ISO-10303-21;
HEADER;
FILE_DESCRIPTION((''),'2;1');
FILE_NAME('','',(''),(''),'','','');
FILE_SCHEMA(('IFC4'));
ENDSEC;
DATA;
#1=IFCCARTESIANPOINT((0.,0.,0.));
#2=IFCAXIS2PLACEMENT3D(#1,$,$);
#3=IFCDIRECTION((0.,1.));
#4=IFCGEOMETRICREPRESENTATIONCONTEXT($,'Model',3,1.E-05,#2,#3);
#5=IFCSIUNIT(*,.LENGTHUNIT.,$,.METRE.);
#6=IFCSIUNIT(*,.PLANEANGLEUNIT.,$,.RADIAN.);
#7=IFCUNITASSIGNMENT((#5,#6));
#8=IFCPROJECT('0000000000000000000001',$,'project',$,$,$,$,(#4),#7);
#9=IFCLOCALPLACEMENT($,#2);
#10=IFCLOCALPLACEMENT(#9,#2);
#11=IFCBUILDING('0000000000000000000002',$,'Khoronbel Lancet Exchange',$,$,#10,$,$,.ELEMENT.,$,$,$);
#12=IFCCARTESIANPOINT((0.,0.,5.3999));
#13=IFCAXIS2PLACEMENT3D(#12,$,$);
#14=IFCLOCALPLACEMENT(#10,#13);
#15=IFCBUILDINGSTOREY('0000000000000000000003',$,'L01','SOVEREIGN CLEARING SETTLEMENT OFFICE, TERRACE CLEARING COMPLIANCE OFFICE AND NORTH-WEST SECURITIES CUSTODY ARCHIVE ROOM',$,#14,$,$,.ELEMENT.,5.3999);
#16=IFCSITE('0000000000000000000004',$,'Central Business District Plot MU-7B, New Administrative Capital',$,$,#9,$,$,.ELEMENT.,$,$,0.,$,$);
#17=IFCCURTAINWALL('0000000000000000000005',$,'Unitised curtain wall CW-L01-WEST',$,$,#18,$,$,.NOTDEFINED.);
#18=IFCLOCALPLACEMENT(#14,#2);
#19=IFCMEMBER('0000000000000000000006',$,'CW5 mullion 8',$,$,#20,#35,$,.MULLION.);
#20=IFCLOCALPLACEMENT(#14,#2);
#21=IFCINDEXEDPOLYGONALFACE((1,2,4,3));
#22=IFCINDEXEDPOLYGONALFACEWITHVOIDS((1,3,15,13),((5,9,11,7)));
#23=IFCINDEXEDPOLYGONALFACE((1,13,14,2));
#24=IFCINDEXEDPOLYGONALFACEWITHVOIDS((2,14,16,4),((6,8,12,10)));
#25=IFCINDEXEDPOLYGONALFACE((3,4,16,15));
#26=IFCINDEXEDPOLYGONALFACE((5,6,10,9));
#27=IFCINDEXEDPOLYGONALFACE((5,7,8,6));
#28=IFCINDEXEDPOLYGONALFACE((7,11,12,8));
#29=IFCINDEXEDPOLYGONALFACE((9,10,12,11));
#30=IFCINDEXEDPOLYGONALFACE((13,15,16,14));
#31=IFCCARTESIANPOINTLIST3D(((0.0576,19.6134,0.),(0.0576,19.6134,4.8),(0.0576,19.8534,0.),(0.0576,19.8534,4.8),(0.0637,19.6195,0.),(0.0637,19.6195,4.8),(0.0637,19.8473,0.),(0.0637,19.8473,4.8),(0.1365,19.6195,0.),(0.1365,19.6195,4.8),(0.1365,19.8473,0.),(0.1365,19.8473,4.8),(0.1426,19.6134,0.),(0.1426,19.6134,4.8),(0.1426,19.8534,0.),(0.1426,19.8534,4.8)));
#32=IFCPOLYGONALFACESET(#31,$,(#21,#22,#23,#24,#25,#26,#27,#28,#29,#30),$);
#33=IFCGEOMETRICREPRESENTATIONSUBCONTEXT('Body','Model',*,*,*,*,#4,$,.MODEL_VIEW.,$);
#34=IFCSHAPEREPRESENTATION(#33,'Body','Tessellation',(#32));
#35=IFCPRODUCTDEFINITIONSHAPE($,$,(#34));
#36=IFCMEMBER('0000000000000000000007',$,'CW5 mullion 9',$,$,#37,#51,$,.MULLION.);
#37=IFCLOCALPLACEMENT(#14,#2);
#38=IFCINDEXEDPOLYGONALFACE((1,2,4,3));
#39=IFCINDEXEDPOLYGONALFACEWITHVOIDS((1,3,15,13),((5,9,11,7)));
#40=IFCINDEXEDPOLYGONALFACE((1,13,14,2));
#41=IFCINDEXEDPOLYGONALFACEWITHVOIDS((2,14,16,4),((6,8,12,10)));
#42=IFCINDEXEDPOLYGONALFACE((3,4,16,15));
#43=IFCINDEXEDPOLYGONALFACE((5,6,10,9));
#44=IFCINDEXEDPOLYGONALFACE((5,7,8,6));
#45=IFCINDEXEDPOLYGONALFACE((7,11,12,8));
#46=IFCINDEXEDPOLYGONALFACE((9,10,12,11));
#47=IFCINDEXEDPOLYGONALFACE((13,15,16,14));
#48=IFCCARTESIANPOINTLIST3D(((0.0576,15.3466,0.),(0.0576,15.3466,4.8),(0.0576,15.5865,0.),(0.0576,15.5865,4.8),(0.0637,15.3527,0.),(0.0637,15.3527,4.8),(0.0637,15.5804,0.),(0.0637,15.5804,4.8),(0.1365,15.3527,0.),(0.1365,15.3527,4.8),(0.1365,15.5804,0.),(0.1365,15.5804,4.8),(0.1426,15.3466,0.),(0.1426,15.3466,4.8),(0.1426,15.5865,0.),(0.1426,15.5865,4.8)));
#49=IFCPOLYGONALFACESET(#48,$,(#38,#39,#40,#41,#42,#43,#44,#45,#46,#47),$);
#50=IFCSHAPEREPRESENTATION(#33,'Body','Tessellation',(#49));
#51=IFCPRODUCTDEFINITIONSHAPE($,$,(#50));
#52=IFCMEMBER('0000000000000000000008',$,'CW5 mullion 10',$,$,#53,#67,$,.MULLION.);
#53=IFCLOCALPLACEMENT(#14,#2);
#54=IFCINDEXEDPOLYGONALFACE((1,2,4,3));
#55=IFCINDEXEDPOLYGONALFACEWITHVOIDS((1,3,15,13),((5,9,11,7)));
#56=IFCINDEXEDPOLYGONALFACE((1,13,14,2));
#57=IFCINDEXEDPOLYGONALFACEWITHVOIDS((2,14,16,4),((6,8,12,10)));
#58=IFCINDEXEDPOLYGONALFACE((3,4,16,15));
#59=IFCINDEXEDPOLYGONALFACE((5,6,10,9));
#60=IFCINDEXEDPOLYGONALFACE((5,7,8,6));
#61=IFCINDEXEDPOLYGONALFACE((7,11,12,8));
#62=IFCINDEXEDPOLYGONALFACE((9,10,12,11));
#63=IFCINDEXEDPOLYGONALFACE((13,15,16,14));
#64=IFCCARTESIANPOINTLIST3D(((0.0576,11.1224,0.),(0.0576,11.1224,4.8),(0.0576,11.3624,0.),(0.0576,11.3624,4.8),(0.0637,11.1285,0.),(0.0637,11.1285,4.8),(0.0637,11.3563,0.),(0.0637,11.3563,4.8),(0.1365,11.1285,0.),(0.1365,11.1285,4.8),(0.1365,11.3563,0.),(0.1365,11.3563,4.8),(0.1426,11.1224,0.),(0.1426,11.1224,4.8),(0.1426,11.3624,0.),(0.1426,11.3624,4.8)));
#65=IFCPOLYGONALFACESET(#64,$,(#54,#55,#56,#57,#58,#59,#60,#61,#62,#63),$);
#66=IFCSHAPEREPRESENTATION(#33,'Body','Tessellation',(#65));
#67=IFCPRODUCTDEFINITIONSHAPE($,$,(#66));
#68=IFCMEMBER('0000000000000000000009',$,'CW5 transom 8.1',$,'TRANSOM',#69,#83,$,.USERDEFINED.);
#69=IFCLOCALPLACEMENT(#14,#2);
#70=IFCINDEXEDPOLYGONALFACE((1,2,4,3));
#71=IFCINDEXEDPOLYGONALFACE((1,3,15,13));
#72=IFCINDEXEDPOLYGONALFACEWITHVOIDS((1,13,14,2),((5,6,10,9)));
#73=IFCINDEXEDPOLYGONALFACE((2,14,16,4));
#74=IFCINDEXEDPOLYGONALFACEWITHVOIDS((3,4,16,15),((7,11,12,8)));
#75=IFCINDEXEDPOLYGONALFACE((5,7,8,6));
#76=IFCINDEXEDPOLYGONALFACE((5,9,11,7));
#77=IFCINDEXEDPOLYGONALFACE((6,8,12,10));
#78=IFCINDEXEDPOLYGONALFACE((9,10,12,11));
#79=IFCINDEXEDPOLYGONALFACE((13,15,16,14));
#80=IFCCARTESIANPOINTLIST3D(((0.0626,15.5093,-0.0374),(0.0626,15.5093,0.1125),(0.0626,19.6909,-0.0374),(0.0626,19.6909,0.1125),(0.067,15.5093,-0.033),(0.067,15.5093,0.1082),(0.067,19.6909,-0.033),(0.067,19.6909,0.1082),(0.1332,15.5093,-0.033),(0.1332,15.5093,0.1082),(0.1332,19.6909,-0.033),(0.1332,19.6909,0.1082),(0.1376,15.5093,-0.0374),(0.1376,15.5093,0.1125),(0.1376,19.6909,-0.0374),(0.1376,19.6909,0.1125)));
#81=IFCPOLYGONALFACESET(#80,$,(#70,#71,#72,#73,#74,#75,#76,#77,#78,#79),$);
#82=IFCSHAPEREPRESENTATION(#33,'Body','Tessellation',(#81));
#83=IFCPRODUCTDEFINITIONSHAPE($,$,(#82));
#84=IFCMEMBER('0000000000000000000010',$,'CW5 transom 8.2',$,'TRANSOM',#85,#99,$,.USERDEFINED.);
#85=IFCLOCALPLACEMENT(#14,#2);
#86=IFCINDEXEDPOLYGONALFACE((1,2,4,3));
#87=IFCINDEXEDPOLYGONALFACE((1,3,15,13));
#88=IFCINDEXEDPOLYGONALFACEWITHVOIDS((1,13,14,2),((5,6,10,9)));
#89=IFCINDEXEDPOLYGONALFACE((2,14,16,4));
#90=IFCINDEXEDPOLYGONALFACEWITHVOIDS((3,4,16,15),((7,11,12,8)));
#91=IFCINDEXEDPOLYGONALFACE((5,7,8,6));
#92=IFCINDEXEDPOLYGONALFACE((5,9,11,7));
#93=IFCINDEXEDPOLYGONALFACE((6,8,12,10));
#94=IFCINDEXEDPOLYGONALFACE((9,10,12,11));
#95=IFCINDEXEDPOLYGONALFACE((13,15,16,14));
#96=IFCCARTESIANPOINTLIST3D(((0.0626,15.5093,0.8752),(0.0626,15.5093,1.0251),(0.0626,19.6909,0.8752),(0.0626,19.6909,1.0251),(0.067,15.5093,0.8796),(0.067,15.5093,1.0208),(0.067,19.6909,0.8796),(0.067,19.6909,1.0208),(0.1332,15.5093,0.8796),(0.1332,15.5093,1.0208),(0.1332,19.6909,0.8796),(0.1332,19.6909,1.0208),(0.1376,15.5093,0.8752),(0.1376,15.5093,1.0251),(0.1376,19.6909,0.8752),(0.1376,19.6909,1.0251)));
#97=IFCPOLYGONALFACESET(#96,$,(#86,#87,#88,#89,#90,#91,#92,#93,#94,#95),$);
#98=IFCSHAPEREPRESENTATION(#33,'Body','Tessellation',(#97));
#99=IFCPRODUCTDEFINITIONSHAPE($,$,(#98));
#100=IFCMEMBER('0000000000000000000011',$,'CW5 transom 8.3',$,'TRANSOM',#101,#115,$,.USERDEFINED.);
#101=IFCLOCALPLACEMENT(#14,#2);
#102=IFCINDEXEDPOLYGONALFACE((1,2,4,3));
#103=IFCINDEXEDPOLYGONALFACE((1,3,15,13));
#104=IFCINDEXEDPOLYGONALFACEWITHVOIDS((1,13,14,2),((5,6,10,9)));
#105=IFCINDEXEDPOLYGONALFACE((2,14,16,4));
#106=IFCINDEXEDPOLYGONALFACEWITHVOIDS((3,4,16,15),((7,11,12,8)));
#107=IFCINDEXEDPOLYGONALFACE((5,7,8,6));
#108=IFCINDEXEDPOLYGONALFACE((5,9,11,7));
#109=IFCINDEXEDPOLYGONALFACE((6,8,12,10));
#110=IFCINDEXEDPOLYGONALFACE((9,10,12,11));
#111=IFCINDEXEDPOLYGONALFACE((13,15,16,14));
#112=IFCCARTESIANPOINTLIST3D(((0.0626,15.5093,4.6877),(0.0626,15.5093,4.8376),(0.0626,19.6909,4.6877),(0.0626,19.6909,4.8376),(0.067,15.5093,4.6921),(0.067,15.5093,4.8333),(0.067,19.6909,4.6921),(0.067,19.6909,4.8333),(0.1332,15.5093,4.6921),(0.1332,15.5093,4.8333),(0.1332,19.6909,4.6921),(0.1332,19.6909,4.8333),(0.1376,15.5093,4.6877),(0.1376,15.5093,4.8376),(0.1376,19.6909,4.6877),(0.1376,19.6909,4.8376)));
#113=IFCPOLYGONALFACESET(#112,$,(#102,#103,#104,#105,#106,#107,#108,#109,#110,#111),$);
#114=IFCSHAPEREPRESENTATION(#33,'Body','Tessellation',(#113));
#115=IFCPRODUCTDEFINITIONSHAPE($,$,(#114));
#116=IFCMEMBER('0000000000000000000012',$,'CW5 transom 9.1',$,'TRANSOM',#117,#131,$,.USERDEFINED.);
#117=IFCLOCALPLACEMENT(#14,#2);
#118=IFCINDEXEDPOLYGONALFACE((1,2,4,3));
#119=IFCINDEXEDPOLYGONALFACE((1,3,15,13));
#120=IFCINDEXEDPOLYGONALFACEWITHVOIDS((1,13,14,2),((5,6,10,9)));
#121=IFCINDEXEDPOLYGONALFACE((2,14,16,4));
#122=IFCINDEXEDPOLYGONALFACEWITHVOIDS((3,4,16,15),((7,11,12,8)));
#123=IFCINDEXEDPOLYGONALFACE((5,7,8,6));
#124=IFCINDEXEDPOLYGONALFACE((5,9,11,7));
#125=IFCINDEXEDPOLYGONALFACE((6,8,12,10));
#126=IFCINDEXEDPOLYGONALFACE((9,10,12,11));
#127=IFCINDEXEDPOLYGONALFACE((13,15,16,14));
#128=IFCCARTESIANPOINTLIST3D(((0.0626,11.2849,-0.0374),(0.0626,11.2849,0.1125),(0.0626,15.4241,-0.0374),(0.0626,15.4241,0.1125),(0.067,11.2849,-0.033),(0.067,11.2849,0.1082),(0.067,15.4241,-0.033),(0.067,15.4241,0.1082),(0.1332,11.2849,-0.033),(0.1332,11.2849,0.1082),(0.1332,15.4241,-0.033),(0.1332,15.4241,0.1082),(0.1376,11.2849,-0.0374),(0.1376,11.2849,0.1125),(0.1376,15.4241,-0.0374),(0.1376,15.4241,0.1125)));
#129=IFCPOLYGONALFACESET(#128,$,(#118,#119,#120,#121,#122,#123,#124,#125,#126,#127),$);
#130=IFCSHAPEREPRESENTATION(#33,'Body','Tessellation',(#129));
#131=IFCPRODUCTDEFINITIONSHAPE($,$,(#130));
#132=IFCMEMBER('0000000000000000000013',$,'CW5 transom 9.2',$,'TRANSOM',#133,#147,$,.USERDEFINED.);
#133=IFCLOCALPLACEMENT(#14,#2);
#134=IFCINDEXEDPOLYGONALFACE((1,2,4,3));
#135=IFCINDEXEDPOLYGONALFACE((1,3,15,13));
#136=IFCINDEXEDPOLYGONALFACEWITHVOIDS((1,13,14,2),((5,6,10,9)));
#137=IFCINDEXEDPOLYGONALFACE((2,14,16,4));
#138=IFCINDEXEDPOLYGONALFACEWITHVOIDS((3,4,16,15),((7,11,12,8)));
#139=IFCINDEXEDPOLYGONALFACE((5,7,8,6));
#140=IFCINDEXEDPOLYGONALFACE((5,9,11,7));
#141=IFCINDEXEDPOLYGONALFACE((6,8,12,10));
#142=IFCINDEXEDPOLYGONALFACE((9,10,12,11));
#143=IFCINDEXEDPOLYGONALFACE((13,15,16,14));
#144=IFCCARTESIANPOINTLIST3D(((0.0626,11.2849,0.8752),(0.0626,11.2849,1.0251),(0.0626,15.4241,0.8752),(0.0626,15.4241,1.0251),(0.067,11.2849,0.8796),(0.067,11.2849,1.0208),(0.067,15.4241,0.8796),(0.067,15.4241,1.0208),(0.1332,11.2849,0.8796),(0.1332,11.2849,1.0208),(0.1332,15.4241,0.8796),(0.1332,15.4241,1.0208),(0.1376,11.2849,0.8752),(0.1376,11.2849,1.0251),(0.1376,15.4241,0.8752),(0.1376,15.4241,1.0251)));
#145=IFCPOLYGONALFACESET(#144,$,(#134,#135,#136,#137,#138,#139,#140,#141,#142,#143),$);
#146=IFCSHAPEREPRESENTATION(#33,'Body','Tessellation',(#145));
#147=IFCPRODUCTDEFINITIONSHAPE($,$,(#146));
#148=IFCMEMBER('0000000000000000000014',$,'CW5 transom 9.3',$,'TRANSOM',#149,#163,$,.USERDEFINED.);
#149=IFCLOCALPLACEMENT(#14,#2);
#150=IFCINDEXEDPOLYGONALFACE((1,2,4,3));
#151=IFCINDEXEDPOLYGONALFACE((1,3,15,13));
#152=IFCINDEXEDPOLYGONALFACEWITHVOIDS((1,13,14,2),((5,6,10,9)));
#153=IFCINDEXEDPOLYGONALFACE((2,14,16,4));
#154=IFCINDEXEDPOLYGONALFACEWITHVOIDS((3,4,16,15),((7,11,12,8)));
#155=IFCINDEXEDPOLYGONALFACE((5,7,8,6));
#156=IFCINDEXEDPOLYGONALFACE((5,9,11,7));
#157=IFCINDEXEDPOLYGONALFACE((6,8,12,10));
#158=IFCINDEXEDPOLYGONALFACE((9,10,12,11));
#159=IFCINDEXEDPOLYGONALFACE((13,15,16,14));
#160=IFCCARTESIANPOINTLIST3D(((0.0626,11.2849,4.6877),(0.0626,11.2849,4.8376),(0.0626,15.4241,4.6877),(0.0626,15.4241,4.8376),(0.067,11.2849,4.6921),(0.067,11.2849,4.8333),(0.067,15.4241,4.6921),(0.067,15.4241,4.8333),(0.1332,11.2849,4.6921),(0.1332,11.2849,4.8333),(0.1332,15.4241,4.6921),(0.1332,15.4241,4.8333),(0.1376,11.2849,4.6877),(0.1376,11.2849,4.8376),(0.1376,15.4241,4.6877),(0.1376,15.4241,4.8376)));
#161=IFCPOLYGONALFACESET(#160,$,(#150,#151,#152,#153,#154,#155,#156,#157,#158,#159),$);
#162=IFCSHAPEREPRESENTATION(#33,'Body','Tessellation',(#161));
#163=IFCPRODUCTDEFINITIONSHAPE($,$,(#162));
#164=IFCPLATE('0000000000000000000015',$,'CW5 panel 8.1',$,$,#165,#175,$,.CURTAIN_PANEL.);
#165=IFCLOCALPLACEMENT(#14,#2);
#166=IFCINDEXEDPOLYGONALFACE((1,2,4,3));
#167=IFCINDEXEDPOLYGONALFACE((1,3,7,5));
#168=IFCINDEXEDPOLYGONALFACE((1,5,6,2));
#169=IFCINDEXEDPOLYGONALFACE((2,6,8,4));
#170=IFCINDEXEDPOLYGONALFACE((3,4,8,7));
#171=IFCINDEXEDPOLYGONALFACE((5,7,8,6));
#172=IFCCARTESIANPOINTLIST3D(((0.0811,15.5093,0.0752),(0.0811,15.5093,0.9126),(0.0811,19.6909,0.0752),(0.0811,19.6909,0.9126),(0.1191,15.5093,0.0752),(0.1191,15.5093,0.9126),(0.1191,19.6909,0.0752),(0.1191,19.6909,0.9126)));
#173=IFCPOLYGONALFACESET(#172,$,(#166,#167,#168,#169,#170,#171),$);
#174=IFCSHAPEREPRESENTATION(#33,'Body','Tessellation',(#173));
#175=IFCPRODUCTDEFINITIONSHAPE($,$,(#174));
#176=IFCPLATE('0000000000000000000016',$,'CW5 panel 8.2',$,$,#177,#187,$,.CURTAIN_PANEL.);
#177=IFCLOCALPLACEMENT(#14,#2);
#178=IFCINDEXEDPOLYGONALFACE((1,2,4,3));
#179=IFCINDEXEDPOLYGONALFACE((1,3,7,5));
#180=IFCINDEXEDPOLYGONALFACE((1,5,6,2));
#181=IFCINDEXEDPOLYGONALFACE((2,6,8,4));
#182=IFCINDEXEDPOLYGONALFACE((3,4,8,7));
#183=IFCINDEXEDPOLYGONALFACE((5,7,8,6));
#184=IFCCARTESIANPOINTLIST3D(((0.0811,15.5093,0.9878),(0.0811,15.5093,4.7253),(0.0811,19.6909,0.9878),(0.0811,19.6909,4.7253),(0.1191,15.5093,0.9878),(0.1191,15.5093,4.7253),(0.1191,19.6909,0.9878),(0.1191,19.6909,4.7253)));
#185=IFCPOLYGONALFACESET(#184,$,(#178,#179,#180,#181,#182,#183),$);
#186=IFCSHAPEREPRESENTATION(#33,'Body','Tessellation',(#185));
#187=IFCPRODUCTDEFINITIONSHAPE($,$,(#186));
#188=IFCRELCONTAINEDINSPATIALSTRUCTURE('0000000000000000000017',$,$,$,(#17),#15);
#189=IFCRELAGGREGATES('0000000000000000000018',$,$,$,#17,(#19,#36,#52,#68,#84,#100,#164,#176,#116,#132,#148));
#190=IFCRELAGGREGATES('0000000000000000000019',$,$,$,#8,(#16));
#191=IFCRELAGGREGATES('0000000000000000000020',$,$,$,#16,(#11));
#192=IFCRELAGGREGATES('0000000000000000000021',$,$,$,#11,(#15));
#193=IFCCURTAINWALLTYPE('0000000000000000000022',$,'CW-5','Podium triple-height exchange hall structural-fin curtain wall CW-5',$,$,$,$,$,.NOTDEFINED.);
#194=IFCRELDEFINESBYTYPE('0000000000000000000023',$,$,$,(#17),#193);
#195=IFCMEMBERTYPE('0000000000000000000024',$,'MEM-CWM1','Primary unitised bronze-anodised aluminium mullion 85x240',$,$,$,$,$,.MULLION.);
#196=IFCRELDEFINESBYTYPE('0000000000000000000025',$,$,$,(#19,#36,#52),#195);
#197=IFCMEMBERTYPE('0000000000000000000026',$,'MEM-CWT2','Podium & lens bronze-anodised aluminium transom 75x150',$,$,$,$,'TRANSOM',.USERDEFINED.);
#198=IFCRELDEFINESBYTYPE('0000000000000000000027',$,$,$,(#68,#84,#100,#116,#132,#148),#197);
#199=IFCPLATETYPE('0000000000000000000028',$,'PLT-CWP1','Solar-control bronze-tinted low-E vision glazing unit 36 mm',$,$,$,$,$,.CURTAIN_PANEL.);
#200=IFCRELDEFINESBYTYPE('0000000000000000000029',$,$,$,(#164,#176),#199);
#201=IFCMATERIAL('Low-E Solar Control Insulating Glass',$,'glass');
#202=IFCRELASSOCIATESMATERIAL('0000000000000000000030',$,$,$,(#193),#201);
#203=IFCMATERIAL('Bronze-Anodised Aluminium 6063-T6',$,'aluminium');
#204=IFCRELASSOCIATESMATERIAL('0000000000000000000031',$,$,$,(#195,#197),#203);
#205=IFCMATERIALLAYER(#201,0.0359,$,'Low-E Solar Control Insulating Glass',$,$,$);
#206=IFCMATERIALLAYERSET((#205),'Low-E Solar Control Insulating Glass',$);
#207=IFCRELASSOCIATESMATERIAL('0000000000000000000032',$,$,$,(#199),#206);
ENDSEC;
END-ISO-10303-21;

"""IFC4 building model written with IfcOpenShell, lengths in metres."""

from ifc_helpers import new_model, si_unit, direction, frame, origin, origin_2d, place, context, subcontext, project, spatial, rectangle, hollow_rectangle, extrude, material, layer, layer_set, material_profile, profile_set, type_object, element, aggregate, save


model = new_model("IFC4")

# Units and contexts
model_context = context("Model", 3, precision=1e-05, world=origin(), true_north=direction((0.0, 1.0)))
body_context = subcontext(model_context, "Body", "Model", "MODEL_VIEW")
ifc_project = project(units=[si_unit("LENGTHUNIT", "METRE"), si_unit("PLANEANGLEUNIT", "RADIAN")], contexts=[model_context])

# Site, building, storey
site_placement = place(None, origin())
site = spatial("IfcSite", under=ifc_project, at=site_placement, Name="Central Business District Plot MU-7B, New Administrative Capital", CompositionType="ELEMENT", RefElevation=0.0)
building_placement = place(site_placement, origin())
building = spatial("IfcBuilding", under=site, at=building_placement, Name="Khoronbel Lancet Exchange", CompositionType="ELEMENT")
storey_placement = place(building_placement, frame((0.0, 0.0, 5.3999)))
storey = spatial("IfcBuildingStorey", under=building, at=storey_placement, Name="L01", Description="SOVEREIGN CLEARING SETTLEMENT OFFICE, TERRACE CLEARING COMPLIANCE OFFICE AND NORTH-WEST SECURITIES CUSTODY ARCHIVE ROOM", CompositionType="ELEMENT", Elevation=5.3999)

# Curtain wall, members, plates
ifc_material_1 = material(Name="Low-E Solar Control Insulating Glass", Category="glass")
curtain_wall_type = type_object("IfcCurtainWallType", Name="CW-5", Description="Podium triple-height exchange hall structural-fin curtain wall CW-5", PredefinedType="NOTDEFINED", material=ifc_material_1)
curtain_wall_placement = place(storey_placement, origin())
curtain_wall = element("IfcCurtainWall", 1, at=curtain_wall_placement, inside=storey, type_object=curtain_wall_type, Name="Unitised curtain wall CW-L01-WEST", PredefinedType="NOTDEFINED")
ifc_material_2 = material(Name="Bronze-Anodised Aluminium 6063-T6", Category="aluminium")
ifc_material_profile_1 = material_profile(ifc_material_2, hollow_rectangle(XDim=0.085, YDim=0.24, WallThickness=0.0061, at=origin_2d()), Name="ALU MULLION 85x240")
ifc_profile_set_1 = profile_set([ifc_material_profile_1], Name="Bronze-Anodised Aluminium 6063-T6")
member_type_1 = type_object("IfcMemberType", Name="MEM-CWM1", Description="Primary unitised bronze-anodised aluminium mullion 85x240", PredefinedType="MULLION", material=ifc_profile_set_1)
member_1_placement = place(storey_placement, frame((0.1001, 19.7334, 0.0), z_axis=(0.0, 0.0, 1.0), x_axis=(1.0, 0.0, 0.0)))
member_1 = element("IfcMember", 2, at=member_1_placement, type_object=member_type_1, Name="CW5 mullion 8", PredefinedType="MULLION", context=body_context, shape_type="SweptSolid", body=[
    extrude(hollow_rectangle(XDim=0.085, YDim=0.24, WallThickness=0.0061, at=origin_2d()), origin(), (0.0, 0.0, 1.0), 4.8),
])
member_2_placement = place(storey_placement, frame((0.1001, 15.4666, 0.0), z_axis=(0.0, 0.0, 1.0), x_axis=(1.0, 0.0, 0.0)))
member_2 = element("IfcMember", 3, at=member_2_placement, type_object=member_type_1, Name="CW5 mullion 9", PredefinedType="MULLION", context=body_context, shape_type="SweptSolid", body=[
    extrude(hollow_rectangle(XDim=0.085, YDim=0.24, WallThickness=0.0061, at=origin_2d()), origin(), (0.0, 0.0, 1.0), 4.8),
])
member_3_placement = place(storey_placement, frame((0.1001, 11.2424, 0.0), z_axis=(0.0, 0.0, 1.0), x_axis=(1.0, 0.0, 0.0)))
member_3 = element("IfcMember", 4, at=member_3_placement, type_object=member_type_1, Name="CW5 mullion 10", PredefinedType="MULLION", context=body_context, shape_type="SweptSolid", body=[
    extrude(hollow_rectangle(XDim=0.085, YDim=0.24, WallThickness=0.0061, at=origin_2d()), origin(), (0.0, 0.0, 1.0), 4.8),
])
ifc_material_profile_2 = material_profile(ifc_material_2, hollow_rectangle(XDim=0.075, YDim=0.1499, WallThickness=0.0044, at=origin_2d()), Name="ALU TRANSOM 75x150")
ifc_profile_set_2 = profile_set([ifc_material_profile_2], Name="Bronze-Anodised Aluminium 6063-T6")
member_type_2 = type_object("IfcMemberType", Name="MEM-CWT2", Description="Podium & lens bronze-anodised aluminium transom 75x150", ElementType="TRANSOM", PredefinedType="USERDEFINED", material=ifc_profile_set_2)
member_4_placement = place(storey_placement, frame((0.1001, 19.6909, 0.0376), z_axis=(0.0, -1.0, 0.0), x_axis=(1.0, 0.0, 0.0)))
member_4 = element("IfcMember", 5, at=member_4_placement, type_object=member_type_2, Name="CW5 transom 8.1", ObjectType="TRANSOM", PredefinedType="USERDEFINED", context=body_context, shape_type="SweptSolid", body=[
    extrude(hollow_rectangle(XDim=0.075, YDim=0.1499, WallThickness=0.0044, at=origin_2d()), origin(), (0.0, 0.0, 1.0), 4.1816),
])
member_5_placement = place(storey_placement, frame((0.1001, 19.6909, 0.9502), z_axis=(0.0, -1.0, 0.0), x_axis=(1.0, 0.0, 0.0)))
member_5 = element("IfcMember", 6, at=member_5_placement, type_object=member_type_2, Name="CW5 transom 8.2", ObjectType="TRANSOM", PredefinedType="USERDEFINED", context=body_context, shape_type="SweptSolid", body=[
    extrude(hollow_rectangle(XDim=0.075, YDim=0.1499, WallThickness=0.0044, at=origin_2d()), origin(), (0.0, 0.0, 1.0), 4.1816),
])
member_6_placement = place(storey_placement, frame((0.1001, 19.6909, 4.7627), z_axis=(0.0, -1.0, 0.0), x_axis=(1.0, 0.0, 0.0)))
member_6 = element("IfcMember", 7, at=member_6_placement, type_object=member_type_2, Name="CW5 transom 8.3", ObjectType="TRANSOM", PredefinedType="USERDEFINED", context=body_context, shape_type="SweptSolid", body=[
    extrude(hollow_rectangle(XDim=0.075, YDim=0.1499, WallThickness=0.0044, at=origin_2d()), origin(), (0.0, 0.0, 1.0), 4.1816),
])
member_7_placement = place(storey_placement, frame((0.1001, 15.4241, 0.0376), z_axis=(0.0, -1.0, 0.0), x_axis=(1.0, 0.0, 0.0)))
member_7 = element("IfcMember", 8, at=member_7_placement, type_object=member_type_2, Name="CW5 transom 9.1", ObjectType="TRANSOM", PredefinedType="USERDEFINED", context=body_context, shape_type="SweptSolid", body=[
    extrude(hollow_rectangle(XDim=0.075, YDim=0.1499, WallThickness=0.0044, at=origin_2d()), origin(), (0.0, 0.0, 1.0), 4.1392),
])
member_8_placement = place(storey_placement, frame((0.1001, 15.4241, 0.9502), z_axis=(0.0, -1.0, 0.0), x_axis=(1.0, 0.0, 0.0)))
member_8 = element("IfcMember", 9, at=member_8_placement, type_object=member_type_2, Name="CW5 transom 9.2", ObjectType="TRANSOM", PredefinedType="USERDEFINED", context=body_context, shape_type="SweptSolid", body=[
    extrude(hollow_rectangle(XDim=0.075, YDim=0.1499, WallThickness=0.0044, at=origin_2d()), origin(), (0.0, 0.0, 1.0), 4.1392),
])
member_9_placement = place(storey_placement, frame((0.1001, 15.4241, 4.7627), z_axis=(0.0, -1.0, 0.0), x_axis=(1.0, 0.0, 0.0)))
member_9 = element("IfcMember", 10, at=member_9_placement, type_object=member_type_2, Name="CW5 transom 9.3", ObjectType="TRANSOM", PredefinedType="USERDEFINED", context=body_context, shape_type="SweptSolid", body=[
    extrude(hollow_rectangle(XDim=0.075, YDim=0.1499, WallThickness=0.0044, at=origin_2d()), origin(), (0.0, 0.0, 1.0), 4.1392),
])
ifc_layer_1 = layer(ifc_material_1, 0.0359, Name="Low-E Solar Control Insulating Glass")
ifc_layer_set_1 = layer_set([ifc_layer_1], Name="Low-E Solar Control Insulating Glass")
plate_type = type_object("IfcPlateType", Name="PLT-CWP1", Description="Solar-control bronze-tinted low-E vision glazing unit 36 mm", PredefinedType="CURTAIN_PANEL", material=ifc_layer_set_1)
plate_1_placement = place(storey_placement, frame((0.1001, 17.6001, 0.0752), z_axis=(0.0, 0.0, 1.0), x_axis=(0.0, -1.0, 0.0)))
plate_1 = element("IfcPlate", 11, at=plate_1_placement, type_object=plate_type, Name="CW5 panel 8.1", PredefinedType="CURTAIN_PANEL", context=body_context, shape_type="SweptSolid", body=[
    extrude(rectangle(XDim=4.1816, YDim=0.0381, at=origin_2d()), origin(), (0.0, 0.0, 1.0), 0.8374),
])
plate_2_placement = place(storey_placement, frame((0.1001, 17.6001, 0.9878), z_axis=(0.0, 0.0, 1.0), x_axis=(0.0, -1.0, 0.0)))
plate_2 = element("IfcPlate", 12, at=plate_2_placement, type_object=plate_type, Name="CW5 panel 8.2", PredefinedType="CURTAIN_PANEL", context=body_context, shape_type="SweptSolid", body=[
    extrude(rectangle(XDim=4.1816, YDim=0.0381, at=origin_2d()), origin(), (0.0, 0.0, 1.0), 3.7375),
])
aggregate(curtain_wall, [member_1, member_2, member_3, member_4, member_5, member_6, plate_1, plate_2, member_7, member_8, member_9])

save(model, "model.ifc")
